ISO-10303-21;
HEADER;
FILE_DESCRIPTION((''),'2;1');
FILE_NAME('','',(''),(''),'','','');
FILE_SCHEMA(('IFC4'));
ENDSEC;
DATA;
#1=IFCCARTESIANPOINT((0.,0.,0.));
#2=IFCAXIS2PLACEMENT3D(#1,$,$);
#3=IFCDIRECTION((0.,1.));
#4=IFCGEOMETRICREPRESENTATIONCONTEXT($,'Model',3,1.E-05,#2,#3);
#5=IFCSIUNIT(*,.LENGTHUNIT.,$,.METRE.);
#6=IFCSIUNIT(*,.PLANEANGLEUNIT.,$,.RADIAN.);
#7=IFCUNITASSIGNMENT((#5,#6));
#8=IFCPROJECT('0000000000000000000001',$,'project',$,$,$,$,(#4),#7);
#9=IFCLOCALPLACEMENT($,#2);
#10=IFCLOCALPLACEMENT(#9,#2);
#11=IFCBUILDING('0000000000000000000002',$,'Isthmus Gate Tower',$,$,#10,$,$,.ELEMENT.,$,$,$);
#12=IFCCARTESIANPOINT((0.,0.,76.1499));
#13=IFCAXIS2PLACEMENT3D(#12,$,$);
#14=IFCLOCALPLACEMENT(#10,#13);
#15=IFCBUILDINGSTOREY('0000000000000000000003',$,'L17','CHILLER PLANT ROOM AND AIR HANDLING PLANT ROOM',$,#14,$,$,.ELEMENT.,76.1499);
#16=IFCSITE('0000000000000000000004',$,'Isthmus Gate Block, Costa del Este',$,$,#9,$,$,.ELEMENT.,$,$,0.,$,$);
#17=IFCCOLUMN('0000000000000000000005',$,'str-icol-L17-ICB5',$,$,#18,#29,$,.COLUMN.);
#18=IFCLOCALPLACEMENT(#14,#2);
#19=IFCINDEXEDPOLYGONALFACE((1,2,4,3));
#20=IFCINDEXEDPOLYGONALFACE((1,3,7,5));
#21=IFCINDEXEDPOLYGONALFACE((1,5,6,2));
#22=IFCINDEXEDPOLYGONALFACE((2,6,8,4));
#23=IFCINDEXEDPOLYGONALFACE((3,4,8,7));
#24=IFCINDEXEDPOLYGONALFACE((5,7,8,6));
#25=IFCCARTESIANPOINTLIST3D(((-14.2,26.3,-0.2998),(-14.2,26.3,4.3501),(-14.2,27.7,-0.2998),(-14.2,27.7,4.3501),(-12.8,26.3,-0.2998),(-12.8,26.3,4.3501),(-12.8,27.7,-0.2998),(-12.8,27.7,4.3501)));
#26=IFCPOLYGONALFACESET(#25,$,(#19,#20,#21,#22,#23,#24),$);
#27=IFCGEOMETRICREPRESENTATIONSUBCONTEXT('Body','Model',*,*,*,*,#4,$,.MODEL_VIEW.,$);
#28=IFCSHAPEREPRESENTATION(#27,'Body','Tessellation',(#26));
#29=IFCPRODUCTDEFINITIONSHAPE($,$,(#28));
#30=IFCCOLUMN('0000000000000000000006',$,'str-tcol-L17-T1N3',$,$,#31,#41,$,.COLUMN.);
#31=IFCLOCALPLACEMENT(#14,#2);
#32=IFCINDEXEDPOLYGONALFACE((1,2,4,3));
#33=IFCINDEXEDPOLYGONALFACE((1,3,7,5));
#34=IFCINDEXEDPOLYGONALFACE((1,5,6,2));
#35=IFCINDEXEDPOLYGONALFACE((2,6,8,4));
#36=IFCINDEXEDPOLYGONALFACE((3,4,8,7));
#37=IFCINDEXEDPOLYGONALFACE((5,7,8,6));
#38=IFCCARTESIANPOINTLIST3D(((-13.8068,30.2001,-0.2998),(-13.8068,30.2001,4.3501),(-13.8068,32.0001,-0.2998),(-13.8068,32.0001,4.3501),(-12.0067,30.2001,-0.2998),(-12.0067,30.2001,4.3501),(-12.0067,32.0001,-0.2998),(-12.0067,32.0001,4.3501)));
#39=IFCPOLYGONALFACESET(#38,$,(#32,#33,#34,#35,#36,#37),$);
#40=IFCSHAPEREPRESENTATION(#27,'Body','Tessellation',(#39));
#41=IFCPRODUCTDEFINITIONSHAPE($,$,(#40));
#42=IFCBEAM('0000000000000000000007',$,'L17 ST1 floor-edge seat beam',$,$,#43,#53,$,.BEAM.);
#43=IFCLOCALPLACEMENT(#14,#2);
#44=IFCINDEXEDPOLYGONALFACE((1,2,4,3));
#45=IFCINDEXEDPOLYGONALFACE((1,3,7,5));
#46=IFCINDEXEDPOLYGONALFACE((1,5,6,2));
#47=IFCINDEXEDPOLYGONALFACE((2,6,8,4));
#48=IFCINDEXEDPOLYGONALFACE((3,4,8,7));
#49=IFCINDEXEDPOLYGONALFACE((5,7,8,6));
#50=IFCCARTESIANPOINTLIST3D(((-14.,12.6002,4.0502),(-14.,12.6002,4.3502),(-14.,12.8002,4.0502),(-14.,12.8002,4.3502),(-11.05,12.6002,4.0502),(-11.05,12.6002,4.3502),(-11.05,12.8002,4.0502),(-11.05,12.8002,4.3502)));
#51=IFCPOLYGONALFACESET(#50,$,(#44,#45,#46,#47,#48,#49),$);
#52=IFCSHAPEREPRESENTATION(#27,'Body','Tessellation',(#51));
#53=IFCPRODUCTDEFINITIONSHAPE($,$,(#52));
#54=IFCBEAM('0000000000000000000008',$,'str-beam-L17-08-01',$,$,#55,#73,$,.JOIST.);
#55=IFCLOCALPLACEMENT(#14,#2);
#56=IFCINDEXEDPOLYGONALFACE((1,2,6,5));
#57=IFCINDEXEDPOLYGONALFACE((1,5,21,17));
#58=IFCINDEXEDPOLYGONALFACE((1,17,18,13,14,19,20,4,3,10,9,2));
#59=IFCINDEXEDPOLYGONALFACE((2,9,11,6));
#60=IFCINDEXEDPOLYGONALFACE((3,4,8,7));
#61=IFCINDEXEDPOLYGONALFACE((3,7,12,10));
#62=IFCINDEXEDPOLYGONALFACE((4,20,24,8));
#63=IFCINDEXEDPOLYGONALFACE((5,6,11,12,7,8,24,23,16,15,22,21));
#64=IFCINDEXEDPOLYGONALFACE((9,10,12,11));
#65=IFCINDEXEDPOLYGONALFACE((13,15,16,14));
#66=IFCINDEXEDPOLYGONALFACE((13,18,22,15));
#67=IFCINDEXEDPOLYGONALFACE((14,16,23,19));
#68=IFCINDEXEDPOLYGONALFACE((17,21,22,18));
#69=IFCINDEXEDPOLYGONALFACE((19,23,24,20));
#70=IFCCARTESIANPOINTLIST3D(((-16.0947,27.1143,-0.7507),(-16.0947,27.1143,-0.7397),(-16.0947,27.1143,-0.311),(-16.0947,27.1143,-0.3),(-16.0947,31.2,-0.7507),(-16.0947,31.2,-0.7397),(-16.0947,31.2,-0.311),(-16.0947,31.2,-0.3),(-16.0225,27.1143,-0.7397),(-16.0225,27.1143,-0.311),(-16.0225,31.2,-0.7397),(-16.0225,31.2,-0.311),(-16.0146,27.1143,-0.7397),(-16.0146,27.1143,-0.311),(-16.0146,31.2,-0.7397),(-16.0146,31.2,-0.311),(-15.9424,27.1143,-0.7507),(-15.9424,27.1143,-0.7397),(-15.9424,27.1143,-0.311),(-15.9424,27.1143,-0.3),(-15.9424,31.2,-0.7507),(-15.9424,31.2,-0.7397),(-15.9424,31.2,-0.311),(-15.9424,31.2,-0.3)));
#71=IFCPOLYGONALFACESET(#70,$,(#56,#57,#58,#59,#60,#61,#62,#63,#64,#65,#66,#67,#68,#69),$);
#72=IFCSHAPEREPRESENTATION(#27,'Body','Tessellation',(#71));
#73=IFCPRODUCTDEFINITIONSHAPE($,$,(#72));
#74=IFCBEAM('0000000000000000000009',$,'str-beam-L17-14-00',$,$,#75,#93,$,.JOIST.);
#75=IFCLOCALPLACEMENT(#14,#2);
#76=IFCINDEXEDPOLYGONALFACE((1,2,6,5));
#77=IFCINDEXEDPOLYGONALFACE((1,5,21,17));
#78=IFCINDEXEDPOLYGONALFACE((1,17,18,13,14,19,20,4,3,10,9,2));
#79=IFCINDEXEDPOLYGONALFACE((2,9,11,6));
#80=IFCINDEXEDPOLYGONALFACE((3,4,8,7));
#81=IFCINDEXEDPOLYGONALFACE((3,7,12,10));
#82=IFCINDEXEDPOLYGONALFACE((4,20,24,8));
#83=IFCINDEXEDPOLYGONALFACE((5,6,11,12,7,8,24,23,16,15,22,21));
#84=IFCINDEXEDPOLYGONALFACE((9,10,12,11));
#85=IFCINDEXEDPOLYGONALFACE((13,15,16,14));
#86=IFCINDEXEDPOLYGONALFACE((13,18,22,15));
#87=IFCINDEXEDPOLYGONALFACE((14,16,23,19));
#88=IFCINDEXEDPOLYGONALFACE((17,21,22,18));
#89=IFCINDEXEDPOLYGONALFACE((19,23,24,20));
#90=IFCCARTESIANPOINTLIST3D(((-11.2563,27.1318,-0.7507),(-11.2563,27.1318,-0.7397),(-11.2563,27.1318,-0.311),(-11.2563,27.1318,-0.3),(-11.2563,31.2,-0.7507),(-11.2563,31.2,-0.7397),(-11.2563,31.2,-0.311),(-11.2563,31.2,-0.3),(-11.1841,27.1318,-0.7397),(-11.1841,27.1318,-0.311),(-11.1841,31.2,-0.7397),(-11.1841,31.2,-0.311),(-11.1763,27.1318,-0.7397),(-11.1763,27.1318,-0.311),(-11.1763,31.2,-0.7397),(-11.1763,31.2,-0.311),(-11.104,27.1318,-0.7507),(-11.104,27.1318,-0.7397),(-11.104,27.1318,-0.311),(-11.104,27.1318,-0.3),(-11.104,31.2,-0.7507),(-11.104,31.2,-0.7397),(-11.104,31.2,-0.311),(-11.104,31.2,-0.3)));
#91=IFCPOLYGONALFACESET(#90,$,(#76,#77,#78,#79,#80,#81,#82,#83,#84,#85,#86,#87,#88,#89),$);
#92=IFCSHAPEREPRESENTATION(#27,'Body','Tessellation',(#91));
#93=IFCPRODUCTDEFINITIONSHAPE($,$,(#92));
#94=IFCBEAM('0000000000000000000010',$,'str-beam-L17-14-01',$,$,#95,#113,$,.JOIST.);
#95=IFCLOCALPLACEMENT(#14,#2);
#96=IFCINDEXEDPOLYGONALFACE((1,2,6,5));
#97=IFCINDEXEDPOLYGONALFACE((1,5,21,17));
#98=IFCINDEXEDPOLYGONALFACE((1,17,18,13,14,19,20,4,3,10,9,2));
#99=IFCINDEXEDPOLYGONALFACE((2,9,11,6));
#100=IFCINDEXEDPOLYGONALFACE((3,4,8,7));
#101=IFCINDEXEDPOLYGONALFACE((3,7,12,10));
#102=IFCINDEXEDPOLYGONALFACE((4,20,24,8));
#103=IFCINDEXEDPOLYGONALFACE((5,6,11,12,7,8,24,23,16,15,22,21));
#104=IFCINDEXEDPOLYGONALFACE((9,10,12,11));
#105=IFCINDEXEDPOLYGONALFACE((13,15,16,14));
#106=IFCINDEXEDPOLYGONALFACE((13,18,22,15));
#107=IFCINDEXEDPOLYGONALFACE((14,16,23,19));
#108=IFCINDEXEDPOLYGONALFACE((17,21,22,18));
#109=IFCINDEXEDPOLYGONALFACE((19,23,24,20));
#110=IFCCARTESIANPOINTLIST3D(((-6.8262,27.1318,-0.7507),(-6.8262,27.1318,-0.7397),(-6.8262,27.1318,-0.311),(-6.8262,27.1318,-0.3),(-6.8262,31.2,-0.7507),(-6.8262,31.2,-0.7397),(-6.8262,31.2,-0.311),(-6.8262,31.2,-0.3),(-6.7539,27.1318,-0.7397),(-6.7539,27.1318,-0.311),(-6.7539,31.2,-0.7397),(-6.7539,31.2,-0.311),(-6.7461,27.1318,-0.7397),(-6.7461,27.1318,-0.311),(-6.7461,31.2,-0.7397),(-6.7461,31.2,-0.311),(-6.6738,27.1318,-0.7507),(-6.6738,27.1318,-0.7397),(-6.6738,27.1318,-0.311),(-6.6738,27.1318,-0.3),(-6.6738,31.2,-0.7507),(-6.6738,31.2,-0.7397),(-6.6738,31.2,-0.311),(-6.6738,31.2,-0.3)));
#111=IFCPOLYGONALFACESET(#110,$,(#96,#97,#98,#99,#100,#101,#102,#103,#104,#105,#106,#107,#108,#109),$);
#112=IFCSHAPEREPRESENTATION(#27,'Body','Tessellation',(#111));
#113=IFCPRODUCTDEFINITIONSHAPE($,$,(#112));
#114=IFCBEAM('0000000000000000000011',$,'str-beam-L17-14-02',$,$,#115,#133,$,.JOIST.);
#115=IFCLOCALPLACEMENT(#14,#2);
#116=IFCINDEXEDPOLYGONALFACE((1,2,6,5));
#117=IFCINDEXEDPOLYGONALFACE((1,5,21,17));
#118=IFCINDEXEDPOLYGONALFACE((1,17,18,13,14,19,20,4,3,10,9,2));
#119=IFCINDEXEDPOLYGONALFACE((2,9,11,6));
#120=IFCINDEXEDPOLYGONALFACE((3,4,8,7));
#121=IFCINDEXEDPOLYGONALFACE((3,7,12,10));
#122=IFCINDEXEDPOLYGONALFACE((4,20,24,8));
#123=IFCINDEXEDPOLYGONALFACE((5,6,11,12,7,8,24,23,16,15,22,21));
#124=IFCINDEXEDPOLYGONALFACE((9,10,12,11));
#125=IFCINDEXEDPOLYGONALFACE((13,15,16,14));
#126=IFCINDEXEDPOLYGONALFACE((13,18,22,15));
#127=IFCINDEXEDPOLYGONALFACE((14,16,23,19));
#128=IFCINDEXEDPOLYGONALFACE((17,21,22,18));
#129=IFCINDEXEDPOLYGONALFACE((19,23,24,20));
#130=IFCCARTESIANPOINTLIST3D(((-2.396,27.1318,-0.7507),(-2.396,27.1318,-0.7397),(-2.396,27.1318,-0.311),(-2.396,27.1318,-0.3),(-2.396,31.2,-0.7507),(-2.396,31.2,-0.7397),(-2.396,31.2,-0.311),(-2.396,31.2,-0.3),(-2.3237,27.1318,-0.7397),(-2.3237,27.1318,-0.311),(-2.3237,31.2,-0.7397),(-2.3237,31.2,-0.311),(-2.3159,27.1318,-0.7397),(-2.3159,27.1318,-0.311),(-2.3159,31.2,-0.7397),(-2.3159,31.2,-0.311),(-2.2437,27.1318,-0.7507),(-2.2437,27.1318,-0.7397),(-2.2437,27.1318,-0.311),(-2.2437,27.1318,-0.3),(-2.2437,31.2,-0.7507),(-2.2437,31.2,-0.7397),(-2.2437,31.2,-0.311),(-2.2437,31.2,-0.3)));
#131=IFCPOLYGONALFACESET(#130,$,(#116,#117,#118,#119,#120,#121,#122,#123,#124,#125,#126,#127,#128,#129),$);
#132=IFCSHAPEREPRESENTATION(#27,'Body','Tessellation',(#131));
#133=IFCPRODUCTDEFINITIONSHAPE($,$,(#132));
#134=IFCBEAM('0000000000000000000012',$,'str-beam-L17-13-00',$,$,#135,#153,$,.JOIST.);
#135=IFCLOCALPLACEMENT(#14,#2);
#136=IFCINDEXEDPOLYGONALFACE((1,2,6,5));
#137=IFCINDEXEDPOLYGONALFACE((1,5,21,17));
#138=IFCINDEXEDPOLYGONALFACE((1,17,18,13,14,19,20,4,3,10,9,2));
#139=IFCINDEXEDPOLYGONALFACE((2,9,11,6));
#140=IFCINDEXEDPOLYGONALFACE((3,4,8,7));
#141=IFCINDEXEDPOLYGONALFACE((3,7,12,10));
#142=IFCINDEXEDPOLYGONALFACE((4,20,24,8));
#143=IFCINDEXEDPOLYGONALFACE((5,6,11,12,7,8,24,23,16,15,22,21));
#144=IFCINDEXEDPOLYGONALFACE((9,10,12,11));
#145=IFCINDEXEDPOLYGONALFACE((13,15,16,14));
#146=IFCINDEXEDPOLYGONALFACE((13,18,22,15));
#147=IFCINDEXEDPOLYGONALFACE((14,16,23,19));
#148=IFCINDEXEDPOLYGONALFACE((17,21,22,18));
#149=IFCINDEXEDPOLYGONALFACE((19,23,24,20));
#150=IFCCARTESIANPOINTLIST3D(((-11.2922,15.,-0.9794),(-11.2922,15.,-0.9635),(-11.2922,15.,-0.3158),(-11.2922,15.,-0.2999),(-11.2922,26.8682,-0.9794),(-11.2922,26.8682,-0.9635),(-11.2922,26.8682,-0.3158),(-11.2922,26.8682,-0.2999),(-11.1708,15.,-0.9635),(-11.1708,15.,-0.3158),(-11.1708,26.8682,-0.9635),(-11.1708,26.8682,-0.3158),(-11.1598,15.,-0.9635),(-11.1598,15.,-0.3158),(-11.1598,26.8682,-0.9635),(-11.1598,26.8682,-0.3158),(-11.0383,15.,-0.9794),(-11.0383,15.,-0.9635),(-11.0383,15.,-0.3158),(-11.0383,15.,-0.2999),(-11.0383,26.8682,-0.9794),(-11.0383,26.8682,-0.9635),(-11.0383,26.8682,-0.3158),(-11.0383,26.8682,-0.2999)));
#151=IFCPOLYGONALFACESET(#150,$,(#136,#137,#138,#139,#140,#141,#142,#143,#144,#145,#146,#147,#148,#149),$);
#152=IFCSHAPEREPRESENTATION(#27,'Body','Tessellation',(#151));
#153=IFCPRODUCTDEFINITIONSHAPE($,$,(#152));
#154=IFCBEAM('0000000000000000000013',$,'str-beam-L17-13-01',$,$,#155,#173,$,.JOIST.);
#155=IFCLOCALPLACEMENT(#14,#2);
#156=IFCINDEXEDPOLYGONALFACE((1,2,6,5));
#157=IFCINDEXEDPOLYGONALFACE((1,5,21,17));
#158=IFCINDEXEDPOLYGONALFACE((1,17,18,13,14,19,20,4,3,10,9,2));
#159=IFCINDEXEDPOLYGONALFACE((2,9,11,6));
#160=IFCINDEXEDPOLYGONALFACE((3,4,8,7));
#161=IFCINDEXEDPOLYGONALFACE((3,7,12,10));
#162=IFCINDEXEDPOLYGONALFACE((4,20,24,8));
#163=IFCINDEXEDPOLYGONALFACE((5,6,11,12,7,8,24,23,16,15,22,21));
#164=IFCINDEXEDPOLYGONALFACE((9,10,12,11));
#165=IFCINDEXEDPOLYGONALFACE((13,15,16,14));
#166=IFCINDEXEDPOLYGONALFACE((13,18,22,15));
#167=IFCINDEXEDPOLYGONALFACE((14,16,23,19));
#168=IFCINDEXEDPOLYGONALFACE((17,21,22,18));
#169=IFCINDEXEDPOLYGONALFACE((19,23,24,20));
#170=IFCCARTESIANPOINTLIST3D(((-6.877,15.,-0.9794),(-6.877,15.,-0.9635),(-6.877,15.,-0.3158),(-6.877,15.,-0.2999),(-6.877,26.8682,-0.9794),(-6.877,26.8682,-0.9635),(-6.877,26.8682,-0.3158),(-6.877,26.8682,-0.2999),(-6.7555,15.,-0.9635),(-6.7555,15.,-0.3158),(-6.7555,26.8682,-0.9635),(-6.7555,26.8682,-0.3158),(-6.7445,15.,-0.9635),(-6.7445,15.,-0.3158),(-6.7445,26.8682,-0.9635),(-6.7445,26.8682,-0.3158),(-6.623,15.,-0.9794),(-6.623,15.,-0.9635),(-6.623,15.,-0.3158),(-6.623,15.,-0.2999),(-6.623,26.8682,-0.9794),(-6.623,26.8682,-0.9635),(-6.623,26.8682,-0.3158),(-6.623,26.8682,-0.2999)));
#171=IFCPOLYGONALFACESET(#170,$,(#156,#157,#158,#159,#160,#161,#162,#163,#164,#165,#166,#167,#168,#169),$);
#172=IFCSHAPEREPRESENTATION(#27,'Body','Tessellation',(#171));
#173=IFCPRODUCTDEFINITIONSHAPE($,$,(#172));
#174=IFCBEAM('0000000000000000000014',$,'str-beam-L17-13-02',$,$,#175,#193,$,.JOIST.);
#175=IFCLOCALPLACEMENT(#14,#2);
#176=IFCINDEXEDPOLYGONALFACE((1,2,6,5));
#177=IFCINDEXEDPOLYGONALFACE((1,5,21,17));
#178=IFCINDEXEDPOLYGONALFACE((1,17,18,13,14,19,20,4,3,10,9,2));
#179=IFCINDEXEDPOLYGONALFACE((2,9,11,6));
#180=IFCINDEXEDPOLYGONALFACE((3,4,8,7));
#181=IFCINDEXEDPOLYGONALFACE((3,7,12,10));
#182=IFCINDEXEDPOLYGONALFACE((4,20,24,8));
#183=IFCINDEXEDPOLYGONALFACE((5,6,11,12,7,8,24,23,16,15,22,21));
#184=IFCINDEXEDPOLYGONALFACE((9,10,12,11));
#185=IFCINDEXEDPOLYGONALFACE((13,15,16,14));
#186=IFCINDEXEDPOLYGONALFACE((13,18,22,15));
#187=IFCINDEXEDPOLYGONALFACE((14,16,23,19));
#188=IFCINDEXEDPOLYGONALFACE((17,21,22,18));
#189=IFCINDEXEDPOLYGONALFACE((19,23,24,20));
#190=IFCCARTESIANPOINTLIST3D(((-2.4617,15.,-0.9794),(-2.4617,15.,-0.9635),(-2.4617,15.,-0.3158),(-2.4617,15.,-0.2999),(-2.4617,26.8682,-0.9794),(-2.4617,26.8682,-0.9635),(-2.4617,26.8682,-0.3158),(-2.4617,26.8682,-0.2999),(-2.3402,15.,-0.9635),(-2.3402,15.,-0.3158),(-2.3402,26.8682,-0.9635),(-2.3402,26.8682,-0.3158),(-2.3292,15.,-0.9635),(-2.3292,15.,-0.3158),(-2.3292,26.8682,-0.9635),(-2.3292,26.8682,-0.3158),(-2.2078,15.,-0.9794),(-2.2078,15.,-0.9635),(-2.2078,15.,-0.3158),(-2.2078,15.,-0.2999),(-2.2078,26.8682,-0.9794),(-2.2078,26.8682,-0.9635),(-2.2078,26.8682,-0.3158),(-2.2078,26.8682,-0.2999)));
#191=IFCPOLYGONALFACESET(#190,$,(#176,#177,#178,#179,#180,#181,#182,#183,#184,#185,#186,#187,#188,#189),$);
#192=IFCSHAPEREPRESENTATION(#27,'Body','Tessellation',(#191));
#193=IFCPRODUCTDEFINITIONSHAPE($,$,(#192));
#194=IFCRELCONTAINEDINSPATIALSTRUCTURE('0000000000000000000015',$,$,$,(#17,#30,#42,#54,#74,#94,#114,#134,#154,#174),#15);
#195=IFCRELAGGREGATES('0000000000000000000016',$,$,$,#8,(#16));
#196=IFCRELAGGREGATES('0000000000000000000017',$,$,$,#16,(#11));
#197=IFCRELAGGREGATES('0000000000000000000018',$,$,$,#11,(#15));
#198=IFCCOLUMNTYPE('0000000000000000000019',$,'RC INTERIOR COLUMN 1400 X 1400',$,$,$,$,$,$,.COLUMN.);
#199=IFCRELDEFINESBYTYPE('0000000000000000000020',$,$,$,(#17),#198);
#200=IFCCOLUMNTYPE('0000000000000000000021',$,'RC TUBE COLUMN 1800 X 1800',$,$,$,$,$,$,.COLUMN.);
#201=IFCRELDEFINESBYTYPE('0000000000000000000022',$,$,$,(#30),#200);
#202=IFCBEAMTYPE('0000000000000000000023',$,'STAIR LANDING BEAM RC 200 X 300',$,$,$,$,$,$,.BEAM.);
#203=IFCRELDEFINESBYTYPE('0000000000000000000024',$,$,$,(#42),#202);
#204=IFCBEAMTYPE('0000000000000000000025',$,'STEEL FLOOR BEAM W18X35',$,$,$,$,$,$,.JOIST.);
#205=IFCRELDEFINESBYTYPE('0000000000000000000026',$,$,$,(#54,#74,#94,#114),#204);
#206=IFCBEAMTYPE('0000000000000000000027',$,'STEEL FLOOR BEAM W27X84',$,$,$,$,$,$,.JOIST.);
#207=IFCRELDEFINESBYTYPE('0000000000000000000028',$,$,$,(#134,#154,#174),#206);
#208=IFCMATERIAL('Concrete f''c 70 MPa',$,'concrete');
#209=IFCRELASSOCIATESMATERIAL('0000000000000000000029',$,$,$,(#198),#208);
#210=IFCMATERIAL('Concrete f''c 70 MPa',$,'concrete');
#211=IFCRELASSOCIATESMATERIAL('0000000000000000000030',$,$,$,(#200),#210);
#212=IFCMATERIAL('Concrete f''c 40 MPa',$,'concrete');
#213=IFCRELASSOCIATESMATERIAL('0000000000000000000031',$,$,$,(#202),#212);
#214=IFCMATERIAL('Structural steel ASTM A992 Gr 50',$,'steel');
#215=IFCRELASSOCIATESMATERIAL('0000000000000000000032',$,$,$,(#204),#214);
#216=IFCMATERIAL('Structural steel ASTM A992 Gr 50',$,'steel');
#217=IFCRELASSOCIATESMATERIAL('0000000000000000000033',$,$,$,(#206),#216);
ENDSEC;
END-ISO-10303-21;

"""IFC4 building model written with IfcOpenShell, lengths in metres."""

from ifc_helpers import new_model, si_unit, direction, frame, origin, origin_2d, place, context, subcontext, project, spatial, rectangle, i_section, extrude, material, material_profile, profile_set, type_object, element, save


model = new_model("IFC4")

# Units and contexts
model_context = context("Model", 3, precision=1e-05, world=origin(), true_north=direction((0.0, 1.0)))
body_context = subcontext(model_context, "Body", "Model", "MODEL_VIEW")
ifc_project = project(units=[si_unit("LENGTHUNIT", "METRE"), si_unit("PLANEANGLEUNIT", "RADIAN")], contexts=[model_context])

# Site, building, storey
site_placement = place(None, origin())
site = spatial("IfcSite", under=ifc_project, at=site_placement, Name="Isthmus Gate Block, Costa del Este", CompositionType="ELEMENT", RefElevation=0.0)
building_placement = place(site_placement, origin())
building = spatial("IfcBuilding", under=site, at=building_placement, Name="Isthmus Gate Tower", CompositionType="ELEMENT")
storey_placement = place(building_placement, frame((0.0, 0.0, 76.1499)))
storey = spatial("IfcBuildingStorey", under=building, at=storey_placement, Name="L17", Description="CHILLER PLANT ROOM AND AIR HANDLING PLANT ROOM", CompositionType="ELEMENT", Elevation=76.1499)

# Columns
ifc_material_1 = material(Name="Concrete f'c 70 MPa", Category="concrete")
ifc_material_profile_1 = material_profile(ifc_material_1, rectangle(XDim=1.3999, YDim=1.3999, at=origin_2d()), Name="RC 1400X1400")
ifc_profile_set_1 = profile_set([ifc_material_profile_1], Name="Concrete f'c 70 MPa")
column_type_1 = type_object("IfcColumnType", Name="RC INTERIOR COLUMN 1400 X 1400", PredefinedType="COLUMN", material=ifc_profile_set_1)
column_1_placement = place(storey_placement, frame((-13.5, 27.0, -0.2998), z_axis=(0.0, 0.0, 1.0), x_axis=(1.0, 0.0, 0.0)))
element("IfcColumn", 1, at=column_1_placement, inside=storey, type_object=column_type_1, Name="str-icol-L17-ICB5", PredefinedType="COLUMN", context=body_context, shape_type="SweptSolid", body=[
    extrude(rectangle(XDim=1.3999, YDim=1.3999, at=origin_2d()), origin(), (0.0, 0.0, 1.0), 4.6499),
])
ifc_material_2 = material(Name="Concrete f'c 70 MPa", Category="concrete")
ifc_material_profile_2 = material_profile(ifc_material_2, rectangle(XDim=1.8, YDim=1.8, at=origin_2d()), Name="RC 1800X1800")
ifc_profile_set_2 = profile_set([ifc_material_profile_2], Name="Concrete f'c 70 MPa")
column_type_2 = type_object("IfcColumnType", Name="RC TUBE COLUMN 1800 X 1800", PredefinedType="COLUMN", material=ifc_profile_set_2)
column_2_placement = place(storey_placement, frame((-12.9067, 31.1001, -0.2998), z_axis=(0.0, 0.0, 1.0), x_axis=(-1.0, 0.0, 0.0)))
element("IfcColumn", 2, at=column_2_placement, inside=storey, type_object=column_type_2, Name="str-tcol-L17-T1N3", PredefinedType="COLUMN", context=body_context, shape_type="SweptSolid", body=[
    extrude(rectangle(XDim=1.8, YDim=1.8, at=origin_2d()), origin(), (0.0, 0.0, 1.0), 4.6499),
])

# Beams
ifc_material_3 = material(Name="Concrete f'c 40 MPa", Category="concrete")
ifc_material_profile_3 = material_profile(ifc_material_3, rectangle(XDim=0.2, YDim=0.3, at=origin_2d()), Name="STAIR LANDING BEAM RC 200 X 300")
ifc_profile_set_3 = profile_set([ifc_material_profile_3], Name="Concrete f'c 40 MPa")
beam_type_1 = type_object("IfcBeamType", Name="STAIR LANDING BEAM RC 200 X 300", PredefinedType="BEAM", material=ifc_profile_set_3)
beam_1_placement = place(storey_placement, frame((-14.0, 12.7002, 4.2002), z_axis=(1.0, 0.0, 0.0), x_axis=(0.0, 1.0, 0.0)))
element("IfcBeam", 3, at=beam_1_placement, inside=storey, type_object=beam_type_1, Name="L17 ST1 floor-edge seat beam", PredefinedType="BEAM", context=body_context, shape_type="SweptSolid", body=[
    extrude(rectangle(XDim=0.2, YDim=0.3, at=origin_2d()), origin(), (0.0, 0.0, 1.0), 2.95),
])
ifc_material_4 = material(Name="Structural steel ASTM A992 Gr 50", Category="steel")
ifc_material_profile_4 = material_profile(ifc_material_4, i_section(OverallWidth=0.1523, OverallDepth=0.4507, WebThickness=0.0078, FlangeThickness=0.011, at=origin_2d()), Name="W18X35")
ifc_profile_set_4 = profile_set([ifc_material_profile_4], Name="Structural steel ASTM A992 Gr 50")
beam_type_2 = type_object("IfcBeamType", Name="STEEL FLOOR BEAM W18X35", PredefinedType="JOIST", material=ifc_profile_set_4)
beam_2_placement = place(storey_placement, frame((-16.0186, 27.1143, -0.5254), z_axis=(0.0, 1.0, 0.0), x_axis=(-1.0, 0.0, 0.0)))
element("IfcBeam", 4, at=beam_2_placement, inside=storey, type_object=beam_type_2, Name="str-beam-L17-08-01", PredefinedType="JOIST", context=body_context, shape_type="SweptSolid", body=[
    extrude(i_section(OverallWidth=0.1523, OverallDepth=0.4507, WebThickness=0.0078, FlangeThickness=0.011, at=origin_2d()), origin(), (0.0, 0.0, 1.0), 4.0857),
])
for number, where, z_axis, x_axis, name in (
    (5, (-11.1802, 27.1318, -0.5254), (0.0, 1.0, 0.0), (-1.0, 0.0, 0.0), "str-beam-L17-14-00"),
    (6, (-6.75, 27.1318, -0.5254), (0.0, 1.0, 0.0), (-1.0, 0.0, 0.0), "str-beam-L17-14-01"),
    (7, (-2.3198, 27.1318, -0.5254), (0.0, 1.0, 0.0), (-1.0, 0.0, 0.0), "str-beam-L17-14-02"),
):
    element("IfcBeam", number, at=place(storey_placement, frame(where, z_axis=z_axis, x_axis=x_axis)), inside=storey, type_object=beam_type_2, Name=name, PredefinedType="JOIST", context=body_context, shape_type="SweptSolid", body=[
        extrude(i_section(OverallWidth=0.1523, OverallDepth=0.4507, WebThickness=0.0078, FlangeThickness=0.011, at=origin_2d()), origin(), (0.0, 0.0, 1.0), 4.0681),
    ])
ifc_material_5 = material(Name="Structural steel ASTM A992 Gr 50", Category="steel")
ifc_material_profile_5 = material_profile(ifc_material_5, i_section(OverallWidth=0.2539, OverallDepth=0.6794, WebThickness=0.011, FlangeThickness=0.0159, at=origin_2d()), Name="W27X84")
ifc_profile_set_5 = profile_set([ifc_material_profile_5], Name="Structural steel ASTM A992 Gr 50")
beam_type_3 = type_object("IfcBeamType", Name="STEEL FLOOR BEAM W27X84", PredefinedType="JOIST", material=ifc_profile_set_5)
for number, where, z_axis, x_axis, name in (
    (8, (-11.1653, 15.0, -0.6396), (0.0, 1.0, 0.0), (-1.0, 0.0, 0.0), "str-beam-L17-13-00"),
    (9, (-6.75, 15.0, -0.6396), (0.0, 1.0, 0.0), (-1.0, 0.0, 0.0), "str-beam-L17-13-01"),
    (10, (-2.3347, 15.0, -0.6396), (0.0, 1.0, 0.0), (-1.0, 0.0, 0.0), "str-beam-L17-13-02"),
):
    element("IfcBeam", number, at=place(storey_placement, frame(where, z_axis=z_axis, x_axis=x_axis)), inside=storey, type_object=beam_type_3, Name=name, PredefinedType="JOIST", context=body_context, shape_type="SweptSolid", body=[
        extrude(i_section(OverallWidth=0.2539, OverallDepth=0.6794, WebThickness=0.011, FlangeThickness=0.0159, at=origin_2d()), origin(), (0.0, 0.0, 1.0), 11.8682),
    ])

save(model, "model.ifc")
